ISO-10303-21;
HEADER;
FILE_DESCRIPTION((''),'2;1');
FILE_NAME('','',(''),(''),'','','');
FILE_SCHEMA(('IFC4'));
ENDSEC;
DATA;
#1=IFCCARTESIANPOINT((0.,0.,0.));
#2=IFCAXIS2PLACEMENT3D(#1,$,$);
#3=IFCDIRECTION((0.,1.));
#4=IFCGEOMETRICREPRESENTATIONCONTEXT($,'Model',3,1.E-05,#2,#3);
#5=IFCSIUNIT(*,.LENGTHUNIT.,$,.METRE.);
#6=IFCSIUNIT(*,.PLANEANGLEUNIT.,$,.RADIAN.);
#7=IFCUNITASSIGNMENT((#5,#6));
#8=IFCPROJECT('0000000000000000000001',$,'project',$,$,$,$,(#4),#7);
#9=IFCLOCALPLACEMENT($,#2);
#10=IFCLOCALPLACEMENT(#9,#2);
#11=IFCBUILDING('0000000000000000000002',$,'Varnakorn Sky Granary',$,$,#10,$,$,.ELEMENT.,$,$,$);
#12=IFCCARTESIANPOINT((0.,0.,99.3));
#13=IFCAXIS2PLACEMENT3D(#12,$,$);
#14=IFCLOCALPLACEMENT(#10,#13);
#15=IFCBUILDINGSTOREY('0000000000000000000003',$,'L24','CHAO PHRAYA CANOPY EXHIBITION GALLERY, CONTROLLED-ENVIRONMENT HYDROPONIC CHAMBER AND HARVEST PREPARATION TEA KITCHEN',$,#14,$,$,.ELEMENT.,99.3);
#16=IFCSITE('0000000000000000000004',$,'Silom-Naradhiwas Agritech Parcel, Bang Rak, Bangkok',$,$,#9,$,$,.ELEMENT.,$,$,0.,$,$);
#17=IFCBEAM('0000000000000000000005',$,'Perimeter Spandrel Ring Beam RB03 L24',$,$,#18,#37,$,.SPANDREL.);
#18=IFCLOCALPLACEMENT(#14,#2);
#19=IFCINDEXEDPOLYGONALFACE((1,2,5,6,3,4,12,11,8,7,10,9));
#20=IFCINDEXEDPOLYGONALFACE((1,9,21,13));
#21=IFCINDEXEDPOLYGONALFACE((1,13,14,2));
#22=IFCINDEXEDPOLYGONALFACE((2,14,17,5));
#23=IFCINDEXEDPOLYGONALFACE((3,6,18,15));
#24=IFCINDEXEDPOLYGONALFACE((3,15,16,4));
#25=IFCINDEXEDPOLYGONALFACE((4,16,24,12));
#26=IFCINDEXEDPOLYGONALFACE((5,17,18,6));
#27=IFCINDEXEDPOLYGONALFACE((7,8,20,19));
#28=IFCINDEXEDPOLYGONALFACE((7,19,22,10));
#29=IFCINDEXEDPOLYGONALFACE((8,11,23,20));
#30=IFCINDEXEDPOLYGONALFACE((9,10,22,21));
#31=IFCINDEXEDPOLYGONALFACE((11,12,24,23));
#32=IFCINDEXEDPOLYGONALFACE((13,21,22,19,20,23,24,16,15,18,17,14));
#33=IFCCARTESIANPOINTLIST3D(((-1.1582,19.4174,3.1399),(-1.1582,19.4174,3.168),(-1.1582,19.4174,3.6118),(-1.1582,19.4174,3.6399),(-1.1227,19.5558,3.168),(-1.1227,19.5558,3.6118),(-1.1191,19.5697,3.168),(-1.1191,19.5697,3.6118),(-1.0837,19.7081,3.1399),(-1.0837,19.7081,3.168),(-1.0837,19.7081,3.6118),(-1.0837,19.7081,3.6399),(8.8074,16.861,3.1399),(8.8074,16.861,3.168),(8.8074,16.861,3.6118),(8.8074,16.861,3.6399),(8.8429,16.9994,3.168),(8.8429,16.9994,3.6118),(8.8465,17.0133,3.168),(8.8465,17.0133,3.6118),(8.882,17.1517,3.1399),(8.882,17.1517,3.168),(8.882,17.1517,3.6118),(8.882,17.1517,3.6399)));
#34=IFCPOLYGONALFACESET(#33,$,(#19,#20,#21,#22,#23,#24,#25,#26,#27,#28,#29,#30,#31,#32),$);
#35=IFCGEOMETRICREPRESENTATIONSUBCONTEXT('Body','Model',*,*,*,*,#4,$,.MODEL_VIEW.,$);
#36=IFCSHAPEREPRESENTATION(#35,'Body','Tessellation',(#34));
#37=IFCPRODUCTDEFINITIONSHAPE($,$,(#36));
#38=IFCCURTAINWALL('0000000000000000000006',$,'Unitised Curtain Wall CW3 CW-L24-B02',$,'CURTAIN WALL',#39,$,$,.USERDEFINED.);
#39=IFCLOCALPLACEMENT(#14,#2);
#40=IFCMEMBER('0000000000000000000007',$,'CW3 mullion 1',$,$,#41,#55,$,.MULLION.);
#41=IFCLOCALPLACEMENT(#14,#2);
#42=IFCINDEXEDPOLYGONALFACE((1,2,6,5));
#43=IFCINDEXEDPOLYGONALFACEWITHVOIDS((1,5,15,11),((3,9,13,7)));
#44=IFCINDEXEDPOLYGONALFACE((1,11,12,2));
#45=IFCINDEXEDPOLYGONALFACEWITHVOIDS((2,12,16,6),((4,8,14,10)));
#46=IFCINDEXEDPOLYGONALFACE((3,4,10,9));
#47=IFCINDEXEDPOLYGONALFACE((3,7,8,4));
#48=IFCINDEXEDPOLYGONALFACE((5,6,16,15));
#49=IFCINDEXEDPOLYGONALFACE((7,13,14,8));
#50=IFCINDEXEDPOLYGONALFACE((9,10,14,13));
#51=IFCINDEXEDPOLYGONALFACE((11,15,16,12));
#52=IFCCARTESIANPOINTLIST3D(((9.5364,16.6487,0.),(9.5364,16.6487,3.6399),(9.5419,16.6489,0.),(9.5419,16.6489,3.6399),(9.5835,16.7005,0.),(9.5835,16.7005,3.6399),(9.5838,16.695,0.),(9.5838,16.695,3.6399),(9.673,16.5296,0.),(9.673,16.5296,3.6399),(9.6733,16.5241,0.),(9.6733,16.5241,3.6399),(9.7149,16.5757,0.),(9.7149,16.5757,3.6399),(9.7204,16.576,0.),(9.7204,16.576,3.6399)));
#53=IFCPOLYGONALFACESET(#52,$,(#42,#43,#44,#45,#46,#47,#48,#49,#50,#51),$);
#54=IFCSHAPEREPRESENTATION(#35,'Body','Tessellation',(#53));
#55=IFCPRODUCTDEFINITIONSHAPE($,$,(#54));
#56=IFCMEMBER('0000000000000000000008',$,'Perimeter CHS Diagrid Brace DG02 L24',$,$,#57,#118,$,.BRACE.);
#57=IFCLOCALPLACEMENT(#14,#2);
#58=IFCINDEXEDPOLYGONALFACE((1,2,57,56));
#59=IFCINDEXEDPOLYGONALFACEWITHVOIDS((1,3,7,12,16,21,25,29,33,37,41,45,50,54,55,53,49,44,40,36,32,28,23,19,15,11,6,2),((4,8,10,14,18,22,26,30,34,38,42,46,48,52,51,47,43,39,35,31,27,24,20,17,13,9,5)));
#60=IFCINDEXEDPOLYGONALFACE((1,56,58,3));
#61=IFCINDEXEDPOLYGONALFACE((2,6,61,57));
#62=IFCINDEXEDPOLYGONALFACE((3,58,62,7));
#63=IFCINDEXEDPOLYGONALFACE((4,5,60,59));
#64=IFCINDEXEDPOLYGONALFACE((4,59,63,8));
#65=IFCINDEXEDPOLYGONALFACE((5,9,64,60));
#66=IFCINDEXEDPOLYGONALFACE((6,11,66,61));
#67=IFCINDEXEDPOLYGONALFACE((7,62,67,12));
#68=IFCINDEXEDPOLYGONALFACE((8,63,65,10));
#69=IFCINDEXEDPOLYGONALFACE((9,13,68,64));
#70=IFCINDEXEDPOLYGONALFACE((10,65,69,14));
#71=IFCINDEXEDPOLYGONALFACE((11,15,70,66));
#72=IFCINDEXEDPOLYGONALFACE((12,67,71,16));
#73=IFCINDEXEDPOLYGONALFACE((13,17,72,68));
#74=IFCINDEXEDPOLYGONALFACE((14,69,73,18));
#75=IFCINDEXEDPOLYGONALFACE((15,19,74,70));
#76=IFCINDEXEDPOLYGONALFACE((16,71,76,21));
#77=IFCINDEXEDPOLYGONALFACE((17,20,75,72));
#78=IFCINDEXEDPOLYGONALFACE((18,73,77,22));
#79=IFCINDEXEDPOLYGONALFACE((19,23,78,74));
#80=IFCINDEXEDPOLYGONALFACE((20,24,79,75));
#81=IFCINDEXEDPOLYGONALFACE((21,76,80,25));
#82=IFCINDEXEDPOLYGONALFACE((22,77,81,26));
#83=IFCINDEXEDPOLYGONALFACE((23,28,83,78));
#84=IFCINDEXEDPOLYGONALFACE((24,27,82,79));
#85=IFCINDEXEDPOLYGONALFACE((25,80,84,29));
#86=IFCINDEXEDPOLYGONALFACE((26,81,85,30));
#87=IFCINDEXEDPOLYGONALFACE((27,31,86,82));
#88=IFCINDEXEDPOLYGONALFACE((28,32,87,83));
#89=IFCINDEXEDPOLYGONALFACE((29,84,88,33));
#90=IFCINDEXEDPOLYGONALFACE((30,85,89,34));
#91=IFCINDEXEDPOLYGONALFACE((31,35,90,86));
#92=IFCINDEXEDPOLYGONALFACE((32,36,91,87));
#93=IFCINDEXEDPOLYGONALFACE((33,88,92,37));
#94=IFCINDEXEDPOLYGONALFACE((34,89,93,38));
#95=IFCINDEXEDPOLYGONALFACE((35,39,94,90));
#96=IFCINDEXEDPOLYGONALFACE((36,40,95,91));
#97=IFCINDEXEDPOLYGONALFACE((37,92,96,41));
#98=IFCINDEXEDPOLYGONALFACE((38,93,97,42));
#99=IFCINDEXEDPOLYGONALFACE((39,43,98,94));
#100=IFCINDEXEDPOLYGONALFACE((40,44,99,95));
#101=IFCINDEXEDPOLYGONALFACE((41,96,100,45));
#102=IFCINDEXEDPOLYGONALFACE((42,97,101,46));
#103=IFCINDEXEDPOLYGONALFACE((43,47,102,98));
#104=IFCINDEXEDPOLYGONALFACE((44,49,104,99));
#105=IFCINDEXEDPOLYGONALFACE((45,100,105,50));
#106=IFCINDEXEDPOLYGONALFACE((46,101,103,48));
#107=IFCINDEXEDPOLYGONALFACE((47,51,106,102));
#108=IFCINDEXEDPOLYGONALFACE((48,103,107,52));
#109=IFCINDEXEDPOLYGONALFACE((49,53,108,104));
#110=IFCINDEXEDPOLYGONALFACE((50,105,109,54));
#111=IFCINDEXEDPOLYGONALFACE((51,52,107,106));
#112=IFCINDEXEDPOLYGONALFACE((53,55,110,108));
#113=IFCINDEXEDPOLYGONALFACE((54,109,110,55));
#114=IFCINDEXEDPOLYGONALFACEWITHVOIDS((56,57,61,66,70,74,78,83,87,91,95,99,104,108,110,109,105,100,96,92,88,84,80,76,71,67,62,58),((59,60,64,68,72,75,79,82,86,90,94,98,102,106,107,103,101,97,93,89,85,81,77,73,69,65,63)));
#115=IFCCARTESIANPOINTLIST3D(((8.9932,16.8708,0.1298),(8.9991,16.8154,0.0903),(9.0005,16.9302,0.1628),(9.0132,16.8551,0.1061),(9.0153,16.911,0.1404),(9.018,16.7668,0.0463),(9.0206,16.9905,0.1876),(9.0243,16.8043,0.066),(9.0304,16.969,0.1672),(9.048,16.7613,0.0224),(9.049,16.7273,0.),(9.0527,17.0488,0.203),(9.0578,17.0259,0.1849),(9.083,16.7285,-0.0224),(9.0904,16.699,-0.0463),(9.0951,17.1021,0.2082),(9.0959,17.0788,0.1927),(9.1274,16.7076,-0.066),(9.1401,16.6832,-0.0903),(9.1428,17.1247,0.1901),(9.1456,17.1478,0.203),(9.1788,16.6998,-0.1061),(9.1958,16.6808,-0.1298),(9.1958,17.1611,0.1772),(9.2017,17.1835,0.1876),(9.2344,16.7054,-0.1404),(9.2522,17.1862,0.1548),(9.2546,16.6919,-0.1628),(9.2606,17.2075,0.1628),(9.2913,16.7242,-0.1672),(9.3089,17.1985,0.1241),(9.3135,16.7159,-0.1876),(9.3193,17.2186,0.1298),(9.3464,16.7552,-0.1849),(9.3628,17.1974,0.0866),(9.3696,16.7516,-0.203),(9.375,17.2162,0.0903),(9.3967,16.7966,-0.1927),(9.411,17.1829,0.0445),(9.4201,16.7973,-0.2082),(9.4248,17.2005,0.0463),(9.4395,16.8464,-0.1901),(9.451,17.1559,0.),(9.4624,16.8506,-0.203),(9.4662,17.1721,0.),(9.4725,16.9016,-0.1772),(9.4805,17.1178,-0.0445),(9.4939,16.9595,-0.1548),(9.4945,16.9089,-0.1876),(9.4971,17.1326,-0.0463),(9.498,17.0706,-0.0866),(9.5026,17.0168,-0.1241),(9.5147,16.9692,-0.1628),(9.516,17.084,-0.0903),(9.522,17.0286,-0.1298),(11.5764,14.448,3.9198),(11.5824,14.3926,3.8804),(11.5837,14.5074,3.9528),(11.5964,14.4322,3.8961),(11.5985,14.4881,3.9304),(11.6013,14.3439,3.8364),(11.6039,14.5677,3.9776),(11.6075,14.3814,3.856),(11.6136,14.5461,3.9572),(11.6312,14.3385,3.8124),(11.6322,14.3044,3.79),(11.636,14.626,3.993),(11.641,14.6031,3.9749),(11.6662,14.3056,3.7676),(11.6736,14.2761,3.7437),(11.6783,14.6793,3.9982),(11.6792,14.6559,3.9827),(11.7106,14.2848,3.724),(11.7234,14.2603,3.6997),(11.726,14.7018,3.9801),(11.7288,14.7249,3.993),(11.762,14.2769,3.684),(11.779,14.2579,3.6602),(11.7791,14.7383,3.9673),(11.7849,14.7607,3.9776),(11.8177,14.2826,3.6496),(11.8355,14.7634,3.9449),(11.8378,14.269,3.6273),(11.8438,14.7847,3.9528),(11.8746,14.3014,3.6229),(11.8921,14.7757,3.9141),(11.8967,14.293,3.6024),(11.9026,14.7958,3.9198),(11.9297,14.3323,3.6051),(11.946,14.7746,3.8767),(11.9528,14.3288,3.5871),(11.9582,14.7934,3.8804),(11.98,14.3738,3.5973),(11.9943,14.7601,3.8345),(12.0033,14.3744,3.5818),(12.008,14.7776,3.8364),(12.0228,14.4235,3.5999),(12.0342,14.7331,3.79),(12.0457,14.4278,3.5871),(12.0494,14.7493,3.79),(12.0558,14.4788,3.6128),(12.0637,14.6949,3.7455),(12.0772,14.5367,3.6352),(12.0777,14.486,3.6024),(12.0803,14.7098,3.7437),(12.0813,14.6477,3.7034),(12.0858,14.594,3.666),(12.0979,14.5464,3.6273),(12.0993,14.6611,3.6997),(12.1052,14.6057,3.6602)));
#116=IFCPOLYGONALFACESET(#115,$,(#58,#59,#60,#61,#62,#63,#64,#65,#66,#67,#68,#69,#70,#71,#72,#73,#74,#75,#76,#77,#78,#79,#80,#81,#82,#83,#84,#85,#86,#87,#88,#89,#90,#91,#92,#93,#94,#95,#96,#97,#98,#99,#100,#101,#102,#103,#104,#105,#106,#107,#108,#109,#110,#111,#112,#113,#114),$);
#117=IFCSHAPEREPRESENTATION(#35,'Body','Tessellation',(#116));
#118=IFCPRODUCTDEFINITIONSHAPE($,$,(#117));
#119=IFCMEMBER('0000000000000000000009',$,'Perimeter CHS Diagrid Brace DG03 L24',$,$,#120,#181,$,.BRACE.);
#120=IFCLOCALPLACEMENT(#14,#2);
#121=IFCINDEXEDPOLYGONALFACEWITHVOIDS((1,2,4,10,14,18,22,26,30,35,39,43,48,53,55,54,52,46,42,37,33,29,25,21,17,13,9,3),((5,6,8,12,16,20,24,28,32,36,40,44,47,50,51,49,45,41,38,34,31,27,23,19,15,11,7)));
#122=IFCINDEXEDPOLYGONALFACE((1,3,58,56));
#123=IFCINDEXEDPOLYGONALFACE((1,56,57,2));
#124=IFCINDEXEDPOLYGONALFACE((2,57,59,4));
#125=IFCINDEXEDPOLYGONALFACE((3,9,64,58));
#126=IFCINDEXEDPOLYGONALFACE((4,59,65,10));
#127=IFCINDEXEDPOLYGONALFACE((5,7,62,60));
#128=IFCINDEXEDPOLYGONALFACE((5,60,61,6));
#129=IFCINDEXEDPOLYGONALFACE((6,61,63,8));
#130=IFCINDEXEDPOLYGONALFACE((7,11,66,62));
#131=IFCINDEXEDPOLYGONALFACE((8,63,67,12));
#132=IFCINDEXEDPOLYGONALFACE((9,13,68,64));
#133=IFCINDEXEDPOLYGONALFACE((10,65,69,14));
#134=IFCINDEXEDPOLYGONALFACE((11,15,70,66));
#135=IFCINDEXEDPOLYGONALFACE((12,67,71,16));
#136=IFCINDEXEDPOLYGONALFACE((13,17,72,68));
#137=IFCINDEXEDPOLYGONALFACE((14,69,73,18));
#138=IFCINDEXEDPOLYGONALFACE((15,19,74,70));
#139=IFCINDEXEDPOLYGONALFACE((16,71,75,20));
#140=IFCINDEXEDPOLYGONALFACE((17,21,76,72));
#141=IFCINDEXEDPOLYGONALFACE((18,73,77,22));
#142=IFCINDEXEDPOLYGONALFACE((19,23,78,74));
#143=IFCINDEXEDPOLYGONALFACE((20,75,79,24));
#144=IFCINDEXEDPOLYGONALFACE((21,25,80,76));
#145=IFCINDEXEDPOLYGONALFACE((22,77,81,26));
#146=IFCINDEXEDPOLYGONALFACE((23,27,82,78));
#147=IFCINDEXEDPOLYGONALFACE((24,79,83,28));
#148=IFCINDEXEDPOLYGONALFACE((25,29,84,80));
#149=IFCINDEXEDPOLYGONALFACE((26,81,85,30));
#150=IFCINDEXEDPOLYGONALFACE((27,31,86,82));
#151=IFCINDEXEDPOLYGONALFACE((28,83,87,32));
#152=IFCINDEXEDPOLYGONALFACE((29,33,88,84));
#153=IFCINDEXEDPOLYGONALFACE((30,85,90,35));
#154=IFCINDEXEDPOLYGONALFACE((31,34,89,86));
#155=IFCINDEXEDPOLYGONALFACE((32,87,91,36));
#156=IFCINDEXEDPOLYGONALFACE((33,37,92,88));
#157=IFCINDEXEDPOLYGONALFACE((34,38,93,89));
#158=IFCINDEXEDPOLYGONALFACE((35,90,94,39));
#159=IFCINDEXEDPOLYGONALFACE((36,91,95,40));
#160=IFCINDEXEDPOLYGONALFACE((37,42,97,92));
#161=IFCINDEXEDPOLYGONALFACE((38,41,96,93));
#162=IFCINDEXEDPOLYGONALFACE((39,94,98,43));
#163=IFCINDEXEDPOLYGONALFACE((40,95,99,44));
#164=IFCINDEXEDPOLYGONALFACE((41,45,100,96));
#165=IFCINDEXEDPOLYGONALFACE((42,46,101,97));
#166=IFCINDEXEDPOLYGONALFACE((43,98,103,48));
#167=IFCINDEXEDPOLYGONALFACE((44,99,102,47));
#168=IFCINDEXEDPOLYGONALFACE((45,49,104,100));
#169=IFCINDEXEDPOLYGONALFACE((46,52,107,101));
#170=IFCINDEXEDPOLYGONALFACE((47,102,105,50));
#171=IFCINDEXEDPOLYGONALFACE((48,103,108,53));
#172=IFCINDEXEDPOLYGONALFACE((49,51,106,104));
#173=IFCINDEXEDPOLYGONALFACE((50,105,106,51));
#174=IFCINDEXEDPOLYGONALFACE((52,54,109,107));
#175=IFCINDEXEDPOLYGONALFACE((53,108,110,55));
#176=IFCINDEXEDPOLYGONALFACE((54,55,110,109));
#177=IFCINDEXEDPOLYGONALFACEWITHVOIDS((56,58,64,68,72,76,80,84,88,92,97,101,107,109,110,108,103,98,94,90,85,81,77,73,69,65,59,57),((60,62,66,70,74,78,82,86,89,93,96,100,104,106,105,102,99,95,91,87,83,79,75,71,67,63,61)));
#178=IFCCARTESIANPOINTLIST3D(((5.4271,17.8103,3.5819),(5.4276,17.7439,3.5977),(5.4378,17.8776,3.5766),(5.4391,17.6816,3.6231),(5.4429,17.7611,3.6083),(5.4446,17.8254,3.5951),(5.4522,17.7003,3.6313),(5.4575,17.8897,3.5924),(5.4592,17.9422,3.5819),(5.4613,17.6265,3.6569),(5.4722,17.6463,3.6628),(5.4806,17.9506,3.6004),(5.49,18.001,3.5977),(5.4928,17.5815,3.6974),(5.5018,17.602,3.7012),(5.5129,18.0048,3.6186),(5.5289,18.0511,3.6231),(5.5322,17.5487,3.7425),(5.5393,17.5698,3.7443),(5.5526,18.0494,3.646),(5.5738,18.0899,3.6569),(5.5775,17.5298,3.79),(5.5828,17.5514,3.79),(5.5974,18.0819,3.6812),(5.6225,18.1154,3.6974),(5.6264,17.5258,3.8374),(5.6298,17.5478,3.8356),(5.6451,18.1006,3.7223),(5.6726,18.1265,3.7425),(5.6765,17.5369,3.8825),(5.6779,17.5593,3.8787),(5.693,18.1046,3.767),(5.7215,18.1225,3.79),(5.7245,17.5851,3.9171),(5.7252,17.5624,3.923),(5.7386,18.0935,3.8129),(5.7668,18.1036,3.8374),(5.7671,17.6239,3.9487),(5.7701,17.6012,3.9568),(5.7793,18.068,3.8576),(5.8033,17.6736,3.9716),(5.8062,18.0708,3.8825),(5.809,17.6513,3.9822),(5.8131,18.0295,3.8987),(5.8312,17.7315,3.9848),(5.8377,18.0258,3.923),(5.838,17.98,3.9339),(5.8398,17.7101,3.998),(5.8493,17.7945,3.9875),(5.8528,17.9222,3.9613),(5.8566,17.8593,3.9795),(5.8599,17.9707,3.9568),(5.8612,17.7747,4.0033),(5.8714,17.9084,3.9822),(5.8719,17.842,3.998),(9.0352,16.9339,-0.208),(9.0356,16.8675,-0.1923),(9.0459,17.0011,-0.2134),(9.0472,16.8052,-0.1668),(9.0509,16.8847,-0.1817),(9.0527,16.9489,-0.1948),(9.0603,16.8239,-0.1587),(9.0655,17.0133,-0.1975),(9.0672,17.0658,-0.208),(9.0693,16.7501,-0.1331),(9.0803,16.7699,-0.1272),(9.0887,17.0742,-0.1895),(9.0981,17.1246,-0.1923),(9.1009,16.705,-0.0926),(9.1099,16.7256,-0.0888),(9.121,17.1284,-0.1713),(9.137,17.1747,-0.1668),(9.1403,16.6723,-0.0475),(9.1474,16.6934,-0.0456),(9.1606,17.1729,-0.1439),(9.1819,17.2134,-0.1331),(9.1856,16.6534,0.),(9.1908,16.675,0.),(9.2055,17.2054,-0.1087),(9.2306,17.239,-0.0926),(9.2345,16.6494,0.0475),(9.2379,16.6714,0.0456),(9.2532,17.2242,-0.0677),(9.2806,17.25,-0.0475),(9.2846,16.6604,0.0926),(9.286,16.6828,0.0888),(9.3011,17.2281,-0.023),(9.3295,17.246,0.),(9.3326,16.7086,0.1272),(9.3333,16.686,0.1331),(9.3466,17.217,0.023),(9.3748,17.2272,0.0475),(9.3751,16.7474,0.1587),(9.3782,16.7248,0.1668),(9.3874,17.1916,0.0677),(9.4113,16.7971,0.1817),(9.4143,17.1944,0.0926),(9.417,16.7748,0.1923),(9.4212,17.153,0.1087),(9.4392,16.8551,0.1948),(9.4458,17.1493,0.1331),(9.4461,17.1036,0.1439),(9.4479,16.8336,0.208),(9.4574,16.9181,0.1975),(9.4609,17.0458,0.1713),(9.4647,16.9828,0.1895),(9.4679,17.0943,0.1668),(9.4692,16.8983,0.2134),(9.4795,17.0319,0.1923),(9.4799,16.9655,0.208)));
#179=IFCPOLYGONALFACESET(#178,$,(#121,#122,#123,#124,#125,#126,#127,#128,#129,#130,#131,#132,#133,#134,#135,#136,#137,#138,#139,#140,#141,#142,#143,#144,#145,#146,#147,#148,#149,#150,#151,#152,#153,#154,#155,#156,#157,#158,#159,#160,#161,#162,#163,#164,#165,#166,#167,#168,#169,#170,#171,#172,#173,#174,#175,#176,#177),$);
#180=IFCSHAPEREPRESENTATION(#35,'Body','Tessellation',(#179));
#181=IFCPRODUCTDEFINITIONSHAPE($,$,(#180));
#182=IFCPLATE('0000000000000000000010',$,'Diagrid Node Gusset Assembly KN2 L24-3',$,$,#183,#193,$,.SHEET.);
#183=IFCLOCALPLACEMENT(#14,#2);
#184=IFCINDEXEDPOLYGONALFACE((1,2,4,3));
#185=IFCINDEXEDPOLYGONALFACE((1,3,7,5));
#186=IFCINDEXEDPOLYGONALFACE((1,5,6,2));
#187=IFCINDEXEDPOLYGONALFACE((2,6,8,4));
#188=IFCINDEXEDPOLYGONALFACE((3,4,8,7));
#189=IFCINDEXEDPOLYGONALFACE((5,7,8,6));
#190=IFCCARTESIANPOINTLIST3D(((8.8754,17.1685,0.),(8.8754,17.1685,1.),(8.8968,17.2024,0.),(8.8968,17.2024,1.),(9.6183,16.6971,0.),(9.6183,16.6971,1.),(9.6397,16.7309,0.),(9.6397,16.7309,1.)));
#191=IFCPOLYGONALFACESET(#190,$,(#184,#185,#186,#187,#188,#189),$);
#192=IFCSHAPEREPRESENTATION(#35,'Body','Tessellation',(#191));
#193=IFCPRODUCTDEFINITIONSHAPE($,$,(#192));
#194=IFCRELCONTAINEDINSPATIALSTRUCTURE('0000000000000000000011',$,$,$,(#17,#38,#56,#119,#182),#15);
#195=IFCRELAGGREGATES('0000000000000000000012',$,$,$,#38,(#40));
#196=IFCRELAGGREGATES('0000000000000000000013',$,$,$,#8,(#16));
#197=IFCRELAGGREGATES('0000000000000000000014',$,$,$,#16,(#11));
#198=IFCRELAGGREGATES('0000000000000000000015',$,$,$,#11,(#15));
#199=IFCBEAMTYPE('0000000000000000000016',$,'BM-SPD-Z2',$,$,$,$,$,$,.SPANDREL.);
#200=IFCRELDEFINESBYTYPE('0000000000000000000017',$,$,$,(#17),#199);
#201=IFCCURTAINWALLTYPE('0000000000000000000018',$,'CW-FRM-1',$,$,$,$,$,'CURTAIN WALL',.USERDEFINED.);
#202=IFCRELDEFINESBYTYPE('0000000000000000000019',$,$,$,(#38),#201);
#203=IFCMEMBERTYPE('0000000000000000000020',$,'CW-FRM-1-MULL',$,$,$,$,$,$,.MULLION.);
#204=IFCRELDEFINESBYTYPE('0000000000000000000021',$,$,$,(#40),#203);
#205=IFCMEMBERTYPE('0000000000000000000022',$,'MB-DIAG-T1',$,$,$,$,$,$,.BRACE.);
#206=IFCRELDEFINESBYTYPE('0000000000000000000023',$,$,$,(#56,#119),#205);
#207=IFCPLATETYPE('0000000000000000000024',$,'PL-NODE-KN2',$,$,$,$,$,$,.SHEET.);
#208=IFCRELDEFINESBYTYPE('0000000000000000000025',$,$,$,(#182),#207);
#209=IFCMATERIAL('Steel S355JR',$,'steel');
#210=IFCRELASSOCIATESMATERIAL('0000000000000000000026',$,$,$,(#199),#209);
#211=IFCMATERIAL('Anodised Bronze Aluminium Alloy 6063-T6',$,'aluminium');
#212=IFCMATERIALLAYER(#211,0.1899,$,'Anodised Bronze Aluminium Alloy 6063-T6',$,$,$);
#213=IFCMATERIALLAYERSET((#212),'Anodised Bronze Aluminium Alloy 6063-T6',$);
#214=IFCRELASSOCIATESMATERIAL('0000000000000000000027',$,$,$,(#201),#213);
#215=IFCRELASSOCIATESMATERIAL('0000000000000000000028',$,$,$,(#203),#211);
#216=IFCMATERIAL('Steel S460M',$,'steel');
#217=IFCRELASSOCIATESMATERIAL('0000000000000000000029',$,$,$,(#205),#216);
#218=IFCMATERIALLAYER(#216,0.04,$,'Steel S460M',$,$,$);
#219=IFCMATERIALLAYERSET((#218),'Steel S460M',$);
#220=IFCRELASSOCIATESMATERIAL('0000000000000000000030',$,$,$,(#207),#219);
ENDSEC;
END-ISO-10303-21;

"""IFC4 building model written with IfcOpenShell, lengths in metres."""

from ifc_helpers import new_model, si_unit, direction, frame, origin, origin_2d, place, context, subcontext, project, spatial, rectangle, hollow_rectangle, hollow_circle, i_section, extrude, material, layer, layer_set, material_profile, profile_set, type_object, element, aggregate, save


model = new_model("IFC4")

# Units and contexts
model_context = context("Model", 3, precision=1e-05, world=origin(), true_north=direction((0.0, 1.0)))
body_context = subcontext(model_context, "Body", "Model", "MODEL_VIEW")
ifc_project = project(units=[si_unit("LENGTHUNIT", "METRE"), si_unit("PLANEANGLEUNIT", "RADIAN")], contexts=[model_context])

# Site, building, storey
site_placement = place(None, origin())
site = spatial("IfcSite", under=ifc_project, at=site_placement, Name="Silom-Naradhiwas Agritech Parcel, Bang Rak, Bangkok", CompositionType="ELEMENT", RefElevation=0.0)
building_placement = place(site_placement, origin())
building = spatial("IfcBuilding", under=site, at=building_placement, Name="Varnakorn Sky Granary", CompositionType="ELEMENT")
storey_placement = place(building_placement, frame((0.0, 0.0, 99.3)))
storey = spatial("IfcBuildingStorey", under=building, at=storey_placement, Name="L24", Description="CHAO PHRAYA CANOPY EXHIBITION GALLERY, CONTROLLED-ENVIRONMENT HYDROPONIC CHAMBER AND HARVEST PREPARATION TEA KITCHEN", CompositionType="ELEMENT", Elevation=99.3)

# Shared definitions
ifc_material_1 = material(Name="Steel S460M", Category="steel")

# Beam
ifc_material_2 = material(Name="Steel S355JR", Category="steel")
ifc_material_profile_1 = material_profile(ifc_material_2, i_section(OverallWidth=0.3, OverallDepth=0.5, WebThickness=0.0144, FlangeThickness=0.0281, at=origin_2d()), Name="HE 500 B")
ifc_profile_set_1 = profile_set([ifc_material_profile_1], Name="Steel S355JR")
beam_type_1 = type_object("IfcBeamType", Name="BM-SPD-Z2", PredefinedType="SPANDREL", material=ifc_profile_set_1)
beam_1_placement = place(storey_placement, frame((8.8447, 17.0063, 3.3899), z_axis=(-0.968638, 0.248478, 0.0), x_axis=(-0.248478, -0.968638, 0.0)))
element("IfcBeam", 1, at=beam_1_placement, inside=storey, type_object=beam_type_1, Name="Perimeter Spandrel Ring Beam RB03 L24", PredefinedType="SPANDREL", context=body_context, shape_type="SweptSolid", body=[
    extrude(i_section(OverallWidth=0.3, OverallDepth=0.5, WebThickness=0.0144, FlangeThickness=0.0281, at=origin_2d()), origin(), (0.0, 0.0, 1.0), 10.2883),
])

# Curtain wall, member
ifc_material_3 = material(Name="Anodised Bronze Aluminium Alloy 6063-T6", Category="aluminium")
ifc_layer_1 = layer(ifc_material_3, 0.1899, Name="Anodised Bronze Aluminium Alloy 6063-T6")
ifc_layer_set_1 = layer_set([ifc_layer_1], Name="Anodised Bronze Aluminium Alloy 6063-T6")
curtain_wall_type = type_object("IfcCurtainWallType", Name="CW-FRM-1", ElementType="CURTAIN WALL", PredefinedType="USERDEFINED", material=ifc_layer_set_1)
curtain_wall_placement = place(storey_placement, origin())
curtain_wall = element("IfcCurtainWall", 2, at=curtain_wall_placement, inside=storey, type_object=curtain_wall_type, Name="Unitised Curtain Wall CW3 CW-L24-B02", ObjectType="CURTAIN WALL", PredefinedType="USERDEFINED")
ifc_material_profile_2 = material_profile(ifc_material_3, hollow_rectangle(XDim=0.0701, YDim=0.1851, WallThickness=0.0039, at=origin_2d()), Name="ALU MULL 70x185")
ifc_profile_set_2 = profile_set([ifc_material_profile_2], Name="Anodised Bronze Aluminium Alloy 6063-T6")
member_type_1 = type_object("IfcMemberType", Name="CW-FRM-1-MULL", PredefinedType="MULLION", material=ifc_profile_set_2)
member_1_placement = place(storey_placement, frame((9.6284, 16.6123, 0.0), z_axis=(0.0, 0.0, 1.0), x_axis=(0.672919, 0.739716, 0.0)))
member_1 = element("IfcMember", 3, at=member_1_placement, type_object=member_type_1, Name="CW3 mullion 1", PredefinedType="MULLION", context=body_context, shape_type="SweptSolid", body=[
    extrude(hollow_rectangle(XDim=0.0701, YDim=0.1851, WallThickness=0.0039, at=origin_2d()), origin(), (0.0, 0.0, 1.0), 3.6399),
])
aggregate(curtain_wall, [member_1])

# Members
ifc_material_profile_3 = material_profile(ifc_material_1, hollow_circle(Radius=0.3049, WallThickness=0.0222, at=origin_2d()), Name="CHS 610x22")
ifc_profile_set_3 = profile_set([ifc_material_profile_3], Name="Steel S460M")
member_type_2 = type_object("IfcMemberType", Name="MB-DIAG-T1", PredefinedType="BRACE", material=ifc_profile_set_3)
member_2_placement = place(storey_placement, frame((9.2576, 16.9497, 0.0), z_axis=(0.497998, -0.467076, 0.730642), x_axis=(0.684099, 0.729389, 0.0)))
element("IfcMember", 4, at=member_2_placement, inside=storey, type_object=member_type_2, Name="Perimeter CHS Diagrid Brace DG02 L24", PredefinedType="BRACE", context=body_context, shape_type="SweptSolid", body=[
    extrude(hollow_circle(Radius=0.3049, WallThickness=0.0222, at=origin_2d()), origin(), (0.0, 0.0, 1.0), 5.1873),
])
member_3_placement = place(storey_placement, frame((9.2576, 16.9497, 0.0), z_axis=(-0.680041, 0.16519, 0.714322), x_axis=(-0.236048, -0.971741, 0.0)))
element("IfcMember", 5, at=member_3_placement, inside=storey, type_object=member_type_2, Name="Perimeter CHS Diagrid Brace DG03 L24", PredefinedType="BRACE", context=body_context, shape_type="SweptSolid", body=[
    extrude(hollow_circle(Radius=0.3049, WallThickness=0.0222, at=origin_2d()), origin(), (0.0, 0.0, 1.0), 5.3057),
])

# Plate
ifc_layer_2 = layer(ifc_material_1, 0.04, Name="Steel S460M")
ifc_layer_set_2 = layer_set([ifc_layer_2], Name="Steel S460M")
plate_type = type_object("IfcPlateType", Name="PL-NODE-KN2", PredefinedType="SHEET", material=ifc_layer_set_2)
plate_placement = place(storey_placement, frame((9.2576, 16.9497, 0.0), z_axis=(0.0, 0.0, 1.0), x_axis=(-0.844309, 0.535856, 0.0)))
element("IfcPlate", 6, at=plate_placement, inside=storey, type_object=plate_type, Name="Diagrid Node Gusset Assembly KN2 L24-3", PredefinedType="SHEET", context=body_context, shape_type="SweptSolid", body=[
    extrude(rectangle(XDim=0.8799, YDim=0.04, at=origin_2d()), origin(), (0.0, 0.0, 1.0), 1.0),
])

save(model, "model.ifc")
